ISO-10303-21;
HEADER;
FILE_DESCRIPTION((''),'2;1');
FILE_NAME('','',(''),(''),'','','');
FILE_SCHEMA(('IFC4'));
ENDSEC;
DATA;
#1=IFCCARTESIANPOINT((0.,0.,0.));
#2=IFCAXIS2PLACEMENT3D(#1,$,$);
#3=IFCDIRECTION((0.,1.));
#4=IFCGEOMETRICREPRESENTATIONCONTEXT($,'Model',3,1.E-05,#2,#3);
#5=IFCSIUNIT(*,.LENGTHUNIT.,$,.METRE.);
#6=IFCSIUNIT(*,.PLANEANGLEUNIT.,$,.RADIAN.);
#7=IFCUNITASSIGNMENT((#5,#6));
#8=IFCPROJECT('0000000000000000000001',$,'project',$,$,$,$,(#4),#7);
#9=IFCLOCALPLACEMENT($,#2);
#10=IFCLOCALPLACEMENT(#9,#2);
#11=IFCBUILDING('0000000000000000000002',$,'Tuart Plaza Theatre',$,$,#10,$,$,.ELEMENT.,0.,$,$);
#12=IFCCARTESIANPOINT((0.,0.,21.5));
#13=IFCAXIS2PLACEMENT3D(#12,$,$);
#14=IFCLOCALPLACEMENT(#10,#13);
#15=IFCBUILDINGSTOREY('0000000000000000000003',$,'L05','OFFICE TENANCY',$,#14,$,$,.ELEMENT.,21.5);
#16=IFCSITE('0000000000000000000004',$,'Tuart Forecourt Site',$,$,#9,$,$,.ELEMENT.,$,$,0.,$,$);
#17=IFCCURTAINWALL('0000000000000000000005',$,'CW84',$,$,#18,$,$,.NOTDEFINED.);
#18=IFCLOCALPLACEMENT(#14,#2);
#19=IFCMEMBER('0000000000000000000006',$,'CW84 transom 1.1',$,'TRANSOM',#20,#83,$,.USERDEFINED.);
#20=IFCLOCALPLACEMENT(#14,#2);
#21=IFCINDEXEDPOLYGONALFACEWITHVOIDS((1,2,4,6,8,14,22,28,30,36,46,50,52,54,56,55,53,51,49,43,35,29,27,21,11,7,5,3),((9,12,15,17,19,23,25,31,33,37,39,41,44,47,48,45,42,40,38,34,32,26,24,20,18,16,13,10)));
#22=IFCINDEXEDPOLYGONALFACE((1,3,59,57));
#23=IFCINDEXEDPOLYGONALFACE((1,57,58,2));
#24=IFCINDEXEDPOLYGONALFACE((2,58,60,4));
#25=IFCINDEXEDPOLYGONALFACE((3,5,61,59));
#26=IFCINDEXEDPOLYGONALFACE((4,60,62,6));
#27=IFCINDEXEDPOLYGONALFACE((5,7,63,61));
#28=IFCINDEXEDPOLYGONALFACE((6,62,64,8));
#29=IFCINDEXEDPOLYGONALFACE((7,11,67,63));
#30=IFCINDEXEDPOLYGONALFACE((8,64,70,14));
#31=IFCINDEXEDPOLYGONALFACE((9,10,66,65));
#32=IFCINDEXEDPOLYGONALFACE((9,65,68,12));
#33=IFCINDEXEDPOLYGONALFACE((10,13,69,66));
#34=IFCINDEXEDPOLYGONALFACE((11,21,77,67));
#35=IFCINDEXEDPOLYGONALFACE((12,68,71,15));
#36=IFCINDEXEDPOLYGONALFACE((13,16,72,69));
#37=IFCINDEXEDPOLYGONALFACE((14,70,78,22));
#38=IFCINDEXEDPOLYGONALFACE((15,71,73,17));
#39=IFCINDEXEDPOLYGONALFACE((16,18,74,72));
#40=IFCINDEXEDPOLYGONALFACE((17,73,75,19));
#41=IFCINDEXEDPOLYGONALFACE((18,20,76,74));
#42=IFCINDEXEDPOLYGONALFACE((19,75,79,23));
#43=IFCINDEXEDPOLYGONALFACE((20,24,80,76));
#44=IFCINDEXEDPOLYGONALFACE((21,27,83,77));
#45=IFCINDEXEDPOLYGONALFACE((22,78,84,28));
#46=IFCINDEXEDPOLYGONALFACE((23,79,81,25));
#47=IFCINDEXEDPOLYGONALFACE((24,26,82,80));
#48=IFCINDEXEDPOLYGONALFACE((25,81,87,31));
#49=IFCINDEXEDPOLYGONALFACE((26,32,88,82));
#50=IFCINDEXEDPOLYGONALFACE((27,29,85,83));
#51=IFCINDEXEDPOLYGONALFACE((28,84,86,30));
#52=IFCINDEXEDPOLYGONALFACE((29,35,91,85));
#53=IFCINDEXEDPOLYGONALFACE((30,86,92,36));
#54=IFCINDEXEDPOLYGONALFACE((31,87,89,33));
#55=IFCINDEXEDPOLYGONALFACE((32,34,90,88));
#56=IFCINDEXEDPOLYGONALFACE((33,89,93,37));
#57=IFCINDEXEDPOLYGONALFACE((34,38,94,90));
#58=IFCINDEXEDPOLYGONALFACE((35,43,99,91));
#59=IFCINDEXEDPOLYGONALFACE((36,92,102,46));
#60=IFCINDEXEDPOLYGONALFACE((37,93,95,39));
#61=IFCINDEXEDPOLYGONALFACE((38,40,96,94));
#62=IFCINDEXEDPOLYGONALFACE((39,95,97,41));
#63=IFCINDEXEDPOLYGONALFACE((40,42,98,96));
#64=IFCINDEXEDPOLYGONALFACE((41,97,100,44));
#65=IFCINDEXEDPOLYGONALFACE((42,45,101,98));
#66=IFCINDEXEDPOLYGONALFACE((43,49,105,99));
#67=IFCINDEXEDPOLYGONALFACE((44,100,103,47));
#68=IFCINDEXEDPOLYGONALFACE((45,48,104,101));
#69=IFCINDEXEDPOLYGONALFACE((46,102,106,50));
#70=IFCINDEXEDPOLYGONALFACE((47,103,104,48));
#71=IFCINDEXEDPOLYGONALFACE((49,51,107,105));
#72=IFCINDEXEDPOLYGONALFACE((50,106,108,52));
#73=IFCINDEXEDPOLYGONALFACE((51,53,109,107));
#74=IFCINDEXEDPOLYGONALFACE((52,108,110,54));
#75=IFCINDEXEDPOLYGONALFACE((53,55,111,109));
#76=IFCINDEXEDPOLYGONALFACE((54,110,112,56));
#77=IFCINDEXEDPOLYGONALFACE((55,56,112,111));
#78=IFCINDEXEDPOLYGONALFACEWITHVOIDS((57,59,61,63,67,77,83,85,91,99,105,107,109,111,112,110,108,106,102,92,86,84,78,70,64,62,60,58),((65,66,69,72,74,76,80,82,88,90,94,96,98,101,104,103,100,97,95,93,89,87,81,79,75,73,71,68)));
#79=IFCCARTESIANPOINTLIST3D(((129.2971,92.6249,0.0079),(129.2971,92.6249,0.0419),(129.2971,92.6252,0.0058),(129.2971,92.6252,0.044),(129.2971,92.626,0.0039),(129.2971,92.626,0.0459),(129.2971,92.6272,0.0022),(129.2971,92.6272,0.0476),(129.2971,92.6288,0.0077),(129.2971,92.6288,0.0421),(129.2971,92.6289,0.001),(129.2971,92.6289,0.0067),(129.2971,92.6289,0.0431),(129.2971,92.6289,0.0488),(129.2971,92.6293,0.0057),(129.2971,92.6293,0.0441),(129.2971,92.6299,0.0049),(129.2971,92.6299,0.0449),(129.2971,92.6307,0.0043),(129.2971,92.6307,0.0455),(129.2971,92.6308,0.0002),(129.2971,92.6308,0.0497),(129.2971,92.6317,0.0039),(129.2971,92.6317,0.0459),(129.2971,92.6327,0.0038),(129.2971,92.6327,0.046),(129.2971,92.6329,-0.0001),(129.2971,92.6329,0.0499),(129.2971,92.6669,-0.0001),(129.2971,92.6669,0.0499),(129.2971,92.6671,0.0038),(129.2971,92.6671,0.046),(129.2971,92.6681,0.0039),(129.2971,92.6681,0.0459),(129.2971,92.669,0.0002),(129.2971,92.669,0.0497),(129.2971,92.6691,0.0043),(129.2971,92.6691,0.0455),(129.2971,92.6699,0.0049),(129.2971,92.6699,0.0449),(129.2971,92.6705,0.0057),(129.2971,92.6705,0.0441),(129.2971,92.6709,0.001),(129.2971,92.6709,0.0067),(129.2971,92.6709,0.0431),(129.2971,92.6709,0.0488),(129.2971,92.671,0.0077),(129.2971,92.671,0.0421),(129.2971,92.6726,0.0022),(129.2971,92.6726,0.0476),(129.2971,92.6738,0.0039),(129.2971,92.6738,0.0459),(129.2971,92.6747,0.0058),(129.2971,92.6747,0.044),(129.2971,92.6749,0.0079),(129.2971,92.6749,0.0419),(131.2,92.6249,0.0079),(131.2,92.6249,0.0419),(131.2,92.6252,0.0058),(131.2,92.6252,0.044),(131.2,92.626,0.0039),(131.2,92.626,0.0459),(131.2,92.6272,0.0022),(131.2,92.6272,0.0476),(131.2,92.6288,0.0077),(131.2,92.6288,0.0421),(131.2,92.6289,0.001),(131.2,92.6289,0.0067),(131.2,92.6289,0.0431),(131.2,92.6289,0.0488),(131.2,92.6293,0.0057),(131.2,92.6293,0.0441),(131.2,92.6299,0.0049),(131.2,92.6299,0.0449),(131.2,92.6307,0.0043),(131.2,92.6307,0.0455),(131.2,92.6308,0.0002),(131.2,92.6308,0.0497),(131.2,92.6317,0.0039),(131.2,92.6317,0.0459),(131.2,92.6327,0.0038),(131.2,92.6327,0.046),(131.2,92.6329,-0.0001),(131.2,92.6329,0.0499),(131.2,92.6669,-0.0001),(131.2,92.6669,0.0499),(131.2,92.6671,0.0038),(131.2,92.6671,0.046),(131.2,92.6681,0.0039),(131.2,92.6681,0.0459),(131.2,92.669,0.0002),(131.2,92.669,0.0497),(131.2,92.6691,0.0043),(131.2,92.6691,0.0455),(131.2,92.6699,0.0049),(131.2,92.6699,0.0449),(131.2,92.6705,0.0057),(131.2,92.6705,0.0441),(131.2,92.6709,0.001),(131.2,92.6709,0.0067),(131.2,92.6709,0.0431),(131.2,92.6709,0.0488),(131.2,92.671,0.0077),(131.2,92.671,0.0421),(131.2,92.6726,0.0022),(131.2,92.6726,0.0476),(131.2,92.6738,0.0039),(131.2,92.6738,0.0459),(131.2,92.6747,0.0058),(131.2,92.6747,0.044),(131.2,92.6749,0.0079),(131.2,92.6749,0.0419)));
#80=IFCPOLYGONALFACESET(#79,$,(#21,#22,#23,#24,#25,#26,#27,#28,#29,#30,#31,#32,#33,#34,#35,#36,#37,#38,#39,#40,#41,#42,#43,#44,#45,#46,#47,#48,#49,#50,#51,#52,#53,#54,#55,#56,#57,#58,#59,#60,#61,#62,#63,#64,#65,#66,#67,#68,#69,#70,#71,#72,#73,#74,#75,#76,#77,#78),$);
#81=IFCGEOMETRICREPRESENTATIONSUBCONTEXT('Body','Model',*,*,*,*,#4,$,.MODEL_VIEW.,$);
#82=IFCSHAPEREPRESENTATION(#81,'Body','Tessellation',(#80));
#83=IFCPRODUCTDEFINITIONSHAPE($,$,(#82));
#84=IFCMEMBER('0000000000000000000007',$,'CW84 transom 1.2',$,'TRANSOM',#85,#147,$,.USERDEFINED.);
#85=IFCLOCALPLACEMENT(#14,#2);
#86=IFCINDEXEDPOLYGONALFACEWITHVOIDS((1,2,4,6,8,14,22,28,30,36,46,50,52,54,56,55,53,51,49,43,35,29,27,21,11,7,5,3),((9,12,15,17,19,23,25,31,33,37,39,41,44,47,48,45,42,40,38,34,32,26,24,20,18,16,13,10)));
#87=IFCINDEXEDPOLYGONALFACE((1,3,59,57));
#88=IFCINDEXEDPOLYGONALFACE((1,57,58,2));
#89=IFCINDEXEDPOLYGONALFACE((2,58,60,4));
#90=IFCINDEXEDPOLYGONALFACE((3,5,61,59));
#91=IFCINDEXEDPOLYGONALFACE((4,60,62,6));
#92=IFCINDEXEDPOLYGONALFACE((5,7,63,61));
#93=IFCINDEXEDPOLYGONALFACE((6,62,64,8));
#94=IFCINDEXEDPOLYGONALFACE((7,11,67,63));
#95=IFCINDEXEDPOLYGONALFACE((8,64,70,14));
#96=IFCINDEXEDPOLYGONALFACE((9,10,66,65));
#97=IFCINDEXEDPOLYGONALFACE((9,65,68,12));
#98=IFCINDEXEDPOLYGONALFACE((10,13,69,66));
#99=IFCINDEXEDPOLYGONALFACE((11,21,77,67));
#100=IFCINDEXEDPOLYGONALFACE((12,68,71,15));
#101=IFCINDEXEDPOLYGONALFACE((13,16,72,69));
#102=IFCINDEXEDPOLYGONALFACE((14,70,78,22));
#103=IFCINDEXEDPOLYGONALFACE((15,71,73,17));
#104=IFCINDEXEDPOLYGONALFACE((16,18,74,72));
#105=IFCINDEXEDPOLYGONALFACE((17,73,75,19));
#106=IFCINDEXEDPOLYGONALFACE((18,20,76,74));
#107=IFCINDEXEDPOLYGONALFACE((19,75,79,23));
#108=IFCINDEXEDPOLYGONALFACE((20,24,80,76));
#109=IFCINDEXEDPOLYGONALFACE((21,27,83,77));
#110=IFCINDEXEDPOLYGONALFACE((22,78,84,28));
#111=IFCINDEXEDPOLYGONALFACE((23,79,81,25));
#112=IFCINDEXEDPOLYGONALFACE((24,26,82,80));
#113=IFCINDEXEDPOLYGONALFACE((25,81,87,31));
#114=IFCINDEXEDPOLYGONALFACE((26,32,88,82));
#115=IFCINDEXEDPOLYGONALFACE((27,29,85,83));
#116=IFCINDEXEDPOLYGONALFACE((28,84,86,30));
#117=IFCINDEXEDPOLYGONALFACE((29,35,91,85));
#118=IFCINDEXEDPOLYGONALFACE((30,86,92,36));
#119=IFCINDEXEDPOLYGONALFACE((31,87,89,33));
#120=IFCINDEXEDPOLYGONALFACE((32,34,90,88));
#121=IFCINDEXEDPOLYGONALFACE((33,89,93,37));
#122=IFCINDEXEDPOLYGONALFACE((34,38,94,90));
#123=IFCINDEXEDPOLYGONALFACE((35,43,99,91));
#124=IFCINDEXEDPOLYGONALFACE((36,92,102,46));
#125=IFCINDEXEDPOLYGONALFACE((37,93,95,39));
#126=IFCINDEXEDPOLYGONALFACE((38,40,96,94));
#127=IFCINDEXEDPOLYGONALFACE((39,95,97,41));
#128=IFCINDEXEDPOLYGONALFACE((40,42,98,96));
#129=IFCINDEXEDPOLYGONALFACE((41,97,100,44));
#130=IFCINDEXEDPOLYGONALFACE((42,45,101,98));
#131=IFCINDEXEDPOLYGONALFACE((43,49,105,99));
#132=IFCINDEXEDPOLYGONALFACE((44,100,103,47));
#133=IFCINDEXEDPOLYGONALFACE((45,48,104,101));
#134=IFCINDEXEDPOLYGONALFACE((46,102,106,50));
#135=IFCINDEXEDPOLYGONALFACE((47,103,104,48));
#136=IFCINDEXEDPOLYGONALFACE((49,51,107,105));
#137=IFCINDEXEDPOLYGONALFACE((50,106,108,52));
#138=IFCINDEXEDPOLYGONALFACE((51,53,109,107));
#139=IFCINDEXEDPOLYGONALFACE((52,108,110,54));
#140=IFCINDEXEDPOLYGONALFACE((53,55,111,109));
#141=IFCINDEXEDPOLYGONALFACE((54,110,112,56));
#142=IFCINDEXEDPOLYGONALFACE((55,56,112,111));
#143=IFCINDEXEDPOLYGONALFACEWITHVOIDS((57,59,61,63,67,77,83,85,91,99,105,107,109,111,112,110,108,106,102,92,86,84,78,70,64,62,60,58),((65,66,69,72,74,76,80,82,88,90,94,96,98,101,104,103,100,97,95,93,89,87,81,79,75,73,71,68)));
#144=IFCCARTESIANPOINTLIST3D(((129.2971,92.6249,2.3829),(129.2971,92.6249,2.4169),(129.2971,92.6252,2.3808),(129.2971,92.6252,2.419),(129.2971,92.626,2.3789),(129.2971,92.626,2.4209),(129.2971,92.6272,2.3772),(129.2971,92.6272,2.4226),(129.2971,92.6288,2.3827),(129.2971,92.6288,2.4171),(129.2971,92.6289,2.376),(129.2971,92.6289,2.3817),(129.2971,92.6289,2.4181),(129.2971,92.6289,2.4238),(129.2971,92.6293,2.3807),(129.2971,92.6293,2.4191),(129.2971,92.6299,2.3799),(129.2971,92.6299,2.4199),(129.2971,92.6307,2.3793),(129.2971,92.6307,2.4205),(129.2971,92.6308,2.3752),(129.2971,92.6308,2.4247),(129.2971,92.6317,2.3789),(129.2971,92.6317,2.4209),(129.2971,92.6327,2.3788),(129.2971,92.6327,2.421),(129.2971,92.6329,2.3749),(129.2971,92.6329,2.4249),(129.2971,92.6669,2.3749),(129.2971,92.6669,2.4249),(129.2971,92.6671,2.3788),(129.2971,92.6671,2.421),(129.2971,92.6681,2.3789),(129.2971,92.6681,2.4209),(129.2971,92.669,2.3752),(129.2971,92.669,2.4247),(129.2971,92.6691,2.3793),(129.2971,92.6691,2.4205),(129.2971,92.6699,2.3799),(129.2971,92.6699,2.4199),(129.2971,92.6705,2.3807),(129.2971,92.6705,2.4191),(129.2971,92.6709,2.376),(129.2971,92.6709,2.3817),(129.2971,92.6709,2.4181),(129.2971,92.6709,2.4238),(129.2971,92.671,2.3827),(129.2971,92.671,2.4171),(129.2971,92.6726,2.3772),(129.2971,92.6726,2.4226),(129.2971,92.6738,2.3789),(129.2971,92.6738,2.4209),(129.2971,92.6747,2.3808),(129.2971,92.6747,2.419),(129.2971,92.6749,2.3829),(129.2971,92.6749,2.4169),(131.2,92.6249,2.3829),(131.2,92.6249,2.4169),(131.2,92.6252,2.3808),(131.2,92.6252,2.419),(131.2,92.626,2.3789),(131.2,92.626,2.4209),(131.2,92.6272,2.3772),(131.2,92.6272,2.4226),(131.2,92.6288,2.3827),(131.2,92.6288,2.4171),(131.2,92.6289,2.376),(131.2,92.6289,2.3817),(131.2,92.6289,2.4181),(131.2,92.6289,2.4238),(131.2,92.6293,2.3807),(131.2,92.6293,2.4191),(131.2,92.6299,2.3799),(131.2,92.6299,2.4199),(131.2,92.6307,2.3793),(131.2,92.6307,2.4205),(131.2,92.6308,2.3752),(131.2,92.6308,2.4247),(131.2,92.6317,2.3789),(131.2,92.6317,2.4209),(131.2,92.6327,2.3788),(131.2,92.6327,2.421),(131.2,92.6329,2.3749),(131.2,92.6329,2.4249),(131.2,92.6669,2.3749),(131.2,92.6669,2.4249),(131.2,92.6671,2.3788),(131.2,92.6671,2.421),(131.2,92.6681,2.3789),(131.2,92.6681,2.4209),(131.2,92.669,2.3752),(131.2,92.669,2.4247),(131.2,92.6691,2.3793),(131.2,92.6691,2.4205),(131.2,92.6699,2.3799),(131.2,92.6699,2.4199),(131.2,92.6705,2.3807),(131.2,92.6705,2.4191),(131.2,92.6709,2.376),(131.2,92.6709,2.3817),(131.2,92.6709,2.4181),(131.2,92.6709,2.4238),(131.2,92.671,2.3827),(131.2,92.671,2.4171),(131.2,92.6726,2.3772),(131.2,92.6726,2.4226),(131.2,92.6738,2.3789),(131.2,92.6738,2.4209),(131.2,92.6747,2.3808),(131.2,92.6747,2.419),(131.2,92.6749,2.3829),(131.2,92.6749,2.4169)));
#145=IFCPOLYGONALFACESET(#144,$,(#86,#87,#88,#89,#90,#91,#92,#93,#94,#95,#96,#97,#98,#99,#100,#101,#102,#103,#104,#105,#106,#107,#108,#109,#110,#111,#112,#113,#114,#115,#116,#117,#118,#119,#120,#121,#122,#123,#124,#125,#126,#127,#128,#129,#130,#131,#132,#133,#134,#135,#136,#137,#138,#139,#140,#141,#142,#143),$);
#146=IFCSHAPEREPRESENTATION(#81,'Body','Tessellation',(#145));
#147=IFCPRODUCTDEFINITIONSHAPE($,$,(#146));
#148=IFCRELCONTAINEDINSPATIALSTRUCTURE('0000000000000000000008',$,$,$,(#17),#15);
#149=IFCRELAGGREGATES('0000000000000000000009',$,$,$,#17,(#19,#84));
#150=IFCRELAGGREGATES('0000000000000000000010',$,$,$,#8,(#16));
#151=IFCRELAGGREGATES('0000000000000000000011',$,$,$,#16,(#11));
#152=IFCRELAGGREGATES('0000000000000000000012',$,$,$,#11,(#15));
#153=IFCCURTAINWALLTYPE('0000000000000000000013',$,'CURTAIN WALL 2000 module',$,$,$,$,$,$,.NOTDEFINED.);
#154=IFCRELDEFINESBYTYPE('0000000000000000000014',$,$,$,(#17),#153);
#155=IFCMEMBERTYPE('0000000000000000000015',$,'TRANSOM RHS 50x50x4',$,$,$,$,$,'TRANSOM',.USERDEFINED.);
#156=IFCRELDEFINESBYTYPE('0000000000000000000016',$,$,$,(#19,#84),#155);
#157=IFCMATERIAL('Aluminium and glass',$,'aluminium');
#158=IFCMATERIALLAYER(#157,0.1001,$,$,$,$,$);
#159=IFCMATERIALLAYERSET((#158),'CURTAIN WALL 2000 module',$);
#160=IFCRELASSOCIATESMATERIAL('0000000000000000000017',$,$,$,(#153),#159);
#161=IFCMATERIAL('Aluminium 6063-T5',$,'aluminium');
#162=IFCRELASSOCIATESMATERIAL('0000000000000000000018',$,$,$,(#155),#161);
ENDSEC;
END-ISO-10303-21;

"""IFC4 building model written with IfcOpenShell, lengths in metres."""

from ifc_helpers import new_model, si_unit, direction, frame, origin, origin_2d, place, context, subcontext, project, spatial, hollow_rectangle, extrude, material, layer, layer_set, material_profile, profile_set, type_object, element, aggregate, save


model = new_model("IFC4")

# Units and contexts
model_context = context("Model", 3, precision=1e-05, world=origin(), true_north=direction((0.0, 1.0)))
body_context = subcontext(model_context, "Body", "Model", "MODEL_VIEW")
ifc_project = project(units=[si_unit("LENGTHUNIT", "METRE"), si_unit("PLANEANGLEUNIT", "RADIAN")], contexts=[model_context])

# Site, building, storey
site_placement = place(None, origin())
site = spatial("IfcSite", under=ifc_project, at=site_placement, Name="Tuart Forecourt Site", CompositionType="ELEMENT", RefElevation=0.0)
building_placement = place(site_placement, origin())
building = spatial("IfcBuilding", under=site, at=building_placement, Name="Tuart Plaza Theatre", CompositionType="ELEMENT", ElevationOfRefHeight=0.0)
storey_placement = place(building_placement, frame((0.0, 0.0, 21.5)))
storey = spatial("IfcBuildingStorey", under=building, at=storey_placement, Name="L05", Description="OFFICE TENANCY", CompositionType="ELEMENT", Elevation=21.5)

# Shared definitions
ifc_material_1 = material(Name="Aluminium and glass", Category="aluminium")
ifc_layer_1 = layer(ifc_material_1, 0.1001)
ifc_layer_set_1 = layer_set([ifc_layer_1], Name="CURTAIN WALL 2000 module")
curtain_wall_type = type_object("IfcCurtainWallType", Name="CURTAIN WALL 2000 module", PredefinedType="NOTDEFINED", material=ifc_layer_set_1)

# Curtain wall
curtain_wall_1_placement = place(storey_placement, origin())
curtain_wall_1 = element("IfcCurtainWall", 1, at=curtain_wall_1_placement, inside=storey, type_object=curtain_wall_type, Name="CW84", PredefinedType="NOTDEFINED")

# Members
ifc_material_2 = material(Name="Aluminium 6063-T5", Category="aluminium")
ifc_material_profile_1 = material_profile(ifc_material_2, hollow_rectangle(XDim=0.05, YDim=0.05, WallThickness=0.0039, InnerFilletRadius=0.0039, OuterFilletRadius=0.0081, at=origin_2d()), Name="RHS 50x50x4")
ifc_profile_set_1 = profile_set([ifc_material_profile_1], Name="Aluminium 6063-T5")
member_type_1 = type_object("IfcMemberType", Name="TRANSOM RHS 50x50x4", ElementType="TRANSOM", PredefinedType="USERDEFINED", material=ifc_profile_set_1)
member_1_placement = place(storey_placement, frame((131.2, 92.6499, 0.0249), z_axis=(-1.0, 0.0, 0.0), x_axis=(0.0, -1.0, 0.0)))
member_1 = element("IfcMember", 2, at=member_1_placement, type_object=member_type_1, Name="CW84 transom 1.1", ObjectType="TRANSOM", PredefinedType="USERDEFINED", context=body_context, shape_type="SweptSolid", body=[
    extrude(hollow_rectangle(XDim=0.05, YDim=0.05, WallThickness=0.0039, InnerFilletRadius=0.0039, OuterFilletRadius=0.0081, at=origin_2d()), origin(), (0.0, 0.0, 1.0), 1.9028),
])
member_2_placement = place(storey_placement, frame((131.2, 92.6499, 2.3999), z_axis=(-1.0, 0.0, 0.0), x_axis=(0.0, -1.0, 0.0)))
member_2 = element("IfcMember", 3, at=member_2_placement, type_object=member_type_1, Name="CW84 transom 1.2", ObjectType="TRANSOM", PredefinedType="USERDEFINED", context=body_context, shape_type="SweptSolid", body=[
    extrude(hollow_rectangle(XDim=0.05, YDim=0.05, WallThickness=0.0039, InnerFilletRadius=0.0039, OuterFilletRadius=0.0081, at=origin_2d()), origin(), (0.0, 0.0, 1.0), 1.9028),
])

aggregate(curtain_wall_1, [member_1, member_2])

save(model, "model.ifc")
